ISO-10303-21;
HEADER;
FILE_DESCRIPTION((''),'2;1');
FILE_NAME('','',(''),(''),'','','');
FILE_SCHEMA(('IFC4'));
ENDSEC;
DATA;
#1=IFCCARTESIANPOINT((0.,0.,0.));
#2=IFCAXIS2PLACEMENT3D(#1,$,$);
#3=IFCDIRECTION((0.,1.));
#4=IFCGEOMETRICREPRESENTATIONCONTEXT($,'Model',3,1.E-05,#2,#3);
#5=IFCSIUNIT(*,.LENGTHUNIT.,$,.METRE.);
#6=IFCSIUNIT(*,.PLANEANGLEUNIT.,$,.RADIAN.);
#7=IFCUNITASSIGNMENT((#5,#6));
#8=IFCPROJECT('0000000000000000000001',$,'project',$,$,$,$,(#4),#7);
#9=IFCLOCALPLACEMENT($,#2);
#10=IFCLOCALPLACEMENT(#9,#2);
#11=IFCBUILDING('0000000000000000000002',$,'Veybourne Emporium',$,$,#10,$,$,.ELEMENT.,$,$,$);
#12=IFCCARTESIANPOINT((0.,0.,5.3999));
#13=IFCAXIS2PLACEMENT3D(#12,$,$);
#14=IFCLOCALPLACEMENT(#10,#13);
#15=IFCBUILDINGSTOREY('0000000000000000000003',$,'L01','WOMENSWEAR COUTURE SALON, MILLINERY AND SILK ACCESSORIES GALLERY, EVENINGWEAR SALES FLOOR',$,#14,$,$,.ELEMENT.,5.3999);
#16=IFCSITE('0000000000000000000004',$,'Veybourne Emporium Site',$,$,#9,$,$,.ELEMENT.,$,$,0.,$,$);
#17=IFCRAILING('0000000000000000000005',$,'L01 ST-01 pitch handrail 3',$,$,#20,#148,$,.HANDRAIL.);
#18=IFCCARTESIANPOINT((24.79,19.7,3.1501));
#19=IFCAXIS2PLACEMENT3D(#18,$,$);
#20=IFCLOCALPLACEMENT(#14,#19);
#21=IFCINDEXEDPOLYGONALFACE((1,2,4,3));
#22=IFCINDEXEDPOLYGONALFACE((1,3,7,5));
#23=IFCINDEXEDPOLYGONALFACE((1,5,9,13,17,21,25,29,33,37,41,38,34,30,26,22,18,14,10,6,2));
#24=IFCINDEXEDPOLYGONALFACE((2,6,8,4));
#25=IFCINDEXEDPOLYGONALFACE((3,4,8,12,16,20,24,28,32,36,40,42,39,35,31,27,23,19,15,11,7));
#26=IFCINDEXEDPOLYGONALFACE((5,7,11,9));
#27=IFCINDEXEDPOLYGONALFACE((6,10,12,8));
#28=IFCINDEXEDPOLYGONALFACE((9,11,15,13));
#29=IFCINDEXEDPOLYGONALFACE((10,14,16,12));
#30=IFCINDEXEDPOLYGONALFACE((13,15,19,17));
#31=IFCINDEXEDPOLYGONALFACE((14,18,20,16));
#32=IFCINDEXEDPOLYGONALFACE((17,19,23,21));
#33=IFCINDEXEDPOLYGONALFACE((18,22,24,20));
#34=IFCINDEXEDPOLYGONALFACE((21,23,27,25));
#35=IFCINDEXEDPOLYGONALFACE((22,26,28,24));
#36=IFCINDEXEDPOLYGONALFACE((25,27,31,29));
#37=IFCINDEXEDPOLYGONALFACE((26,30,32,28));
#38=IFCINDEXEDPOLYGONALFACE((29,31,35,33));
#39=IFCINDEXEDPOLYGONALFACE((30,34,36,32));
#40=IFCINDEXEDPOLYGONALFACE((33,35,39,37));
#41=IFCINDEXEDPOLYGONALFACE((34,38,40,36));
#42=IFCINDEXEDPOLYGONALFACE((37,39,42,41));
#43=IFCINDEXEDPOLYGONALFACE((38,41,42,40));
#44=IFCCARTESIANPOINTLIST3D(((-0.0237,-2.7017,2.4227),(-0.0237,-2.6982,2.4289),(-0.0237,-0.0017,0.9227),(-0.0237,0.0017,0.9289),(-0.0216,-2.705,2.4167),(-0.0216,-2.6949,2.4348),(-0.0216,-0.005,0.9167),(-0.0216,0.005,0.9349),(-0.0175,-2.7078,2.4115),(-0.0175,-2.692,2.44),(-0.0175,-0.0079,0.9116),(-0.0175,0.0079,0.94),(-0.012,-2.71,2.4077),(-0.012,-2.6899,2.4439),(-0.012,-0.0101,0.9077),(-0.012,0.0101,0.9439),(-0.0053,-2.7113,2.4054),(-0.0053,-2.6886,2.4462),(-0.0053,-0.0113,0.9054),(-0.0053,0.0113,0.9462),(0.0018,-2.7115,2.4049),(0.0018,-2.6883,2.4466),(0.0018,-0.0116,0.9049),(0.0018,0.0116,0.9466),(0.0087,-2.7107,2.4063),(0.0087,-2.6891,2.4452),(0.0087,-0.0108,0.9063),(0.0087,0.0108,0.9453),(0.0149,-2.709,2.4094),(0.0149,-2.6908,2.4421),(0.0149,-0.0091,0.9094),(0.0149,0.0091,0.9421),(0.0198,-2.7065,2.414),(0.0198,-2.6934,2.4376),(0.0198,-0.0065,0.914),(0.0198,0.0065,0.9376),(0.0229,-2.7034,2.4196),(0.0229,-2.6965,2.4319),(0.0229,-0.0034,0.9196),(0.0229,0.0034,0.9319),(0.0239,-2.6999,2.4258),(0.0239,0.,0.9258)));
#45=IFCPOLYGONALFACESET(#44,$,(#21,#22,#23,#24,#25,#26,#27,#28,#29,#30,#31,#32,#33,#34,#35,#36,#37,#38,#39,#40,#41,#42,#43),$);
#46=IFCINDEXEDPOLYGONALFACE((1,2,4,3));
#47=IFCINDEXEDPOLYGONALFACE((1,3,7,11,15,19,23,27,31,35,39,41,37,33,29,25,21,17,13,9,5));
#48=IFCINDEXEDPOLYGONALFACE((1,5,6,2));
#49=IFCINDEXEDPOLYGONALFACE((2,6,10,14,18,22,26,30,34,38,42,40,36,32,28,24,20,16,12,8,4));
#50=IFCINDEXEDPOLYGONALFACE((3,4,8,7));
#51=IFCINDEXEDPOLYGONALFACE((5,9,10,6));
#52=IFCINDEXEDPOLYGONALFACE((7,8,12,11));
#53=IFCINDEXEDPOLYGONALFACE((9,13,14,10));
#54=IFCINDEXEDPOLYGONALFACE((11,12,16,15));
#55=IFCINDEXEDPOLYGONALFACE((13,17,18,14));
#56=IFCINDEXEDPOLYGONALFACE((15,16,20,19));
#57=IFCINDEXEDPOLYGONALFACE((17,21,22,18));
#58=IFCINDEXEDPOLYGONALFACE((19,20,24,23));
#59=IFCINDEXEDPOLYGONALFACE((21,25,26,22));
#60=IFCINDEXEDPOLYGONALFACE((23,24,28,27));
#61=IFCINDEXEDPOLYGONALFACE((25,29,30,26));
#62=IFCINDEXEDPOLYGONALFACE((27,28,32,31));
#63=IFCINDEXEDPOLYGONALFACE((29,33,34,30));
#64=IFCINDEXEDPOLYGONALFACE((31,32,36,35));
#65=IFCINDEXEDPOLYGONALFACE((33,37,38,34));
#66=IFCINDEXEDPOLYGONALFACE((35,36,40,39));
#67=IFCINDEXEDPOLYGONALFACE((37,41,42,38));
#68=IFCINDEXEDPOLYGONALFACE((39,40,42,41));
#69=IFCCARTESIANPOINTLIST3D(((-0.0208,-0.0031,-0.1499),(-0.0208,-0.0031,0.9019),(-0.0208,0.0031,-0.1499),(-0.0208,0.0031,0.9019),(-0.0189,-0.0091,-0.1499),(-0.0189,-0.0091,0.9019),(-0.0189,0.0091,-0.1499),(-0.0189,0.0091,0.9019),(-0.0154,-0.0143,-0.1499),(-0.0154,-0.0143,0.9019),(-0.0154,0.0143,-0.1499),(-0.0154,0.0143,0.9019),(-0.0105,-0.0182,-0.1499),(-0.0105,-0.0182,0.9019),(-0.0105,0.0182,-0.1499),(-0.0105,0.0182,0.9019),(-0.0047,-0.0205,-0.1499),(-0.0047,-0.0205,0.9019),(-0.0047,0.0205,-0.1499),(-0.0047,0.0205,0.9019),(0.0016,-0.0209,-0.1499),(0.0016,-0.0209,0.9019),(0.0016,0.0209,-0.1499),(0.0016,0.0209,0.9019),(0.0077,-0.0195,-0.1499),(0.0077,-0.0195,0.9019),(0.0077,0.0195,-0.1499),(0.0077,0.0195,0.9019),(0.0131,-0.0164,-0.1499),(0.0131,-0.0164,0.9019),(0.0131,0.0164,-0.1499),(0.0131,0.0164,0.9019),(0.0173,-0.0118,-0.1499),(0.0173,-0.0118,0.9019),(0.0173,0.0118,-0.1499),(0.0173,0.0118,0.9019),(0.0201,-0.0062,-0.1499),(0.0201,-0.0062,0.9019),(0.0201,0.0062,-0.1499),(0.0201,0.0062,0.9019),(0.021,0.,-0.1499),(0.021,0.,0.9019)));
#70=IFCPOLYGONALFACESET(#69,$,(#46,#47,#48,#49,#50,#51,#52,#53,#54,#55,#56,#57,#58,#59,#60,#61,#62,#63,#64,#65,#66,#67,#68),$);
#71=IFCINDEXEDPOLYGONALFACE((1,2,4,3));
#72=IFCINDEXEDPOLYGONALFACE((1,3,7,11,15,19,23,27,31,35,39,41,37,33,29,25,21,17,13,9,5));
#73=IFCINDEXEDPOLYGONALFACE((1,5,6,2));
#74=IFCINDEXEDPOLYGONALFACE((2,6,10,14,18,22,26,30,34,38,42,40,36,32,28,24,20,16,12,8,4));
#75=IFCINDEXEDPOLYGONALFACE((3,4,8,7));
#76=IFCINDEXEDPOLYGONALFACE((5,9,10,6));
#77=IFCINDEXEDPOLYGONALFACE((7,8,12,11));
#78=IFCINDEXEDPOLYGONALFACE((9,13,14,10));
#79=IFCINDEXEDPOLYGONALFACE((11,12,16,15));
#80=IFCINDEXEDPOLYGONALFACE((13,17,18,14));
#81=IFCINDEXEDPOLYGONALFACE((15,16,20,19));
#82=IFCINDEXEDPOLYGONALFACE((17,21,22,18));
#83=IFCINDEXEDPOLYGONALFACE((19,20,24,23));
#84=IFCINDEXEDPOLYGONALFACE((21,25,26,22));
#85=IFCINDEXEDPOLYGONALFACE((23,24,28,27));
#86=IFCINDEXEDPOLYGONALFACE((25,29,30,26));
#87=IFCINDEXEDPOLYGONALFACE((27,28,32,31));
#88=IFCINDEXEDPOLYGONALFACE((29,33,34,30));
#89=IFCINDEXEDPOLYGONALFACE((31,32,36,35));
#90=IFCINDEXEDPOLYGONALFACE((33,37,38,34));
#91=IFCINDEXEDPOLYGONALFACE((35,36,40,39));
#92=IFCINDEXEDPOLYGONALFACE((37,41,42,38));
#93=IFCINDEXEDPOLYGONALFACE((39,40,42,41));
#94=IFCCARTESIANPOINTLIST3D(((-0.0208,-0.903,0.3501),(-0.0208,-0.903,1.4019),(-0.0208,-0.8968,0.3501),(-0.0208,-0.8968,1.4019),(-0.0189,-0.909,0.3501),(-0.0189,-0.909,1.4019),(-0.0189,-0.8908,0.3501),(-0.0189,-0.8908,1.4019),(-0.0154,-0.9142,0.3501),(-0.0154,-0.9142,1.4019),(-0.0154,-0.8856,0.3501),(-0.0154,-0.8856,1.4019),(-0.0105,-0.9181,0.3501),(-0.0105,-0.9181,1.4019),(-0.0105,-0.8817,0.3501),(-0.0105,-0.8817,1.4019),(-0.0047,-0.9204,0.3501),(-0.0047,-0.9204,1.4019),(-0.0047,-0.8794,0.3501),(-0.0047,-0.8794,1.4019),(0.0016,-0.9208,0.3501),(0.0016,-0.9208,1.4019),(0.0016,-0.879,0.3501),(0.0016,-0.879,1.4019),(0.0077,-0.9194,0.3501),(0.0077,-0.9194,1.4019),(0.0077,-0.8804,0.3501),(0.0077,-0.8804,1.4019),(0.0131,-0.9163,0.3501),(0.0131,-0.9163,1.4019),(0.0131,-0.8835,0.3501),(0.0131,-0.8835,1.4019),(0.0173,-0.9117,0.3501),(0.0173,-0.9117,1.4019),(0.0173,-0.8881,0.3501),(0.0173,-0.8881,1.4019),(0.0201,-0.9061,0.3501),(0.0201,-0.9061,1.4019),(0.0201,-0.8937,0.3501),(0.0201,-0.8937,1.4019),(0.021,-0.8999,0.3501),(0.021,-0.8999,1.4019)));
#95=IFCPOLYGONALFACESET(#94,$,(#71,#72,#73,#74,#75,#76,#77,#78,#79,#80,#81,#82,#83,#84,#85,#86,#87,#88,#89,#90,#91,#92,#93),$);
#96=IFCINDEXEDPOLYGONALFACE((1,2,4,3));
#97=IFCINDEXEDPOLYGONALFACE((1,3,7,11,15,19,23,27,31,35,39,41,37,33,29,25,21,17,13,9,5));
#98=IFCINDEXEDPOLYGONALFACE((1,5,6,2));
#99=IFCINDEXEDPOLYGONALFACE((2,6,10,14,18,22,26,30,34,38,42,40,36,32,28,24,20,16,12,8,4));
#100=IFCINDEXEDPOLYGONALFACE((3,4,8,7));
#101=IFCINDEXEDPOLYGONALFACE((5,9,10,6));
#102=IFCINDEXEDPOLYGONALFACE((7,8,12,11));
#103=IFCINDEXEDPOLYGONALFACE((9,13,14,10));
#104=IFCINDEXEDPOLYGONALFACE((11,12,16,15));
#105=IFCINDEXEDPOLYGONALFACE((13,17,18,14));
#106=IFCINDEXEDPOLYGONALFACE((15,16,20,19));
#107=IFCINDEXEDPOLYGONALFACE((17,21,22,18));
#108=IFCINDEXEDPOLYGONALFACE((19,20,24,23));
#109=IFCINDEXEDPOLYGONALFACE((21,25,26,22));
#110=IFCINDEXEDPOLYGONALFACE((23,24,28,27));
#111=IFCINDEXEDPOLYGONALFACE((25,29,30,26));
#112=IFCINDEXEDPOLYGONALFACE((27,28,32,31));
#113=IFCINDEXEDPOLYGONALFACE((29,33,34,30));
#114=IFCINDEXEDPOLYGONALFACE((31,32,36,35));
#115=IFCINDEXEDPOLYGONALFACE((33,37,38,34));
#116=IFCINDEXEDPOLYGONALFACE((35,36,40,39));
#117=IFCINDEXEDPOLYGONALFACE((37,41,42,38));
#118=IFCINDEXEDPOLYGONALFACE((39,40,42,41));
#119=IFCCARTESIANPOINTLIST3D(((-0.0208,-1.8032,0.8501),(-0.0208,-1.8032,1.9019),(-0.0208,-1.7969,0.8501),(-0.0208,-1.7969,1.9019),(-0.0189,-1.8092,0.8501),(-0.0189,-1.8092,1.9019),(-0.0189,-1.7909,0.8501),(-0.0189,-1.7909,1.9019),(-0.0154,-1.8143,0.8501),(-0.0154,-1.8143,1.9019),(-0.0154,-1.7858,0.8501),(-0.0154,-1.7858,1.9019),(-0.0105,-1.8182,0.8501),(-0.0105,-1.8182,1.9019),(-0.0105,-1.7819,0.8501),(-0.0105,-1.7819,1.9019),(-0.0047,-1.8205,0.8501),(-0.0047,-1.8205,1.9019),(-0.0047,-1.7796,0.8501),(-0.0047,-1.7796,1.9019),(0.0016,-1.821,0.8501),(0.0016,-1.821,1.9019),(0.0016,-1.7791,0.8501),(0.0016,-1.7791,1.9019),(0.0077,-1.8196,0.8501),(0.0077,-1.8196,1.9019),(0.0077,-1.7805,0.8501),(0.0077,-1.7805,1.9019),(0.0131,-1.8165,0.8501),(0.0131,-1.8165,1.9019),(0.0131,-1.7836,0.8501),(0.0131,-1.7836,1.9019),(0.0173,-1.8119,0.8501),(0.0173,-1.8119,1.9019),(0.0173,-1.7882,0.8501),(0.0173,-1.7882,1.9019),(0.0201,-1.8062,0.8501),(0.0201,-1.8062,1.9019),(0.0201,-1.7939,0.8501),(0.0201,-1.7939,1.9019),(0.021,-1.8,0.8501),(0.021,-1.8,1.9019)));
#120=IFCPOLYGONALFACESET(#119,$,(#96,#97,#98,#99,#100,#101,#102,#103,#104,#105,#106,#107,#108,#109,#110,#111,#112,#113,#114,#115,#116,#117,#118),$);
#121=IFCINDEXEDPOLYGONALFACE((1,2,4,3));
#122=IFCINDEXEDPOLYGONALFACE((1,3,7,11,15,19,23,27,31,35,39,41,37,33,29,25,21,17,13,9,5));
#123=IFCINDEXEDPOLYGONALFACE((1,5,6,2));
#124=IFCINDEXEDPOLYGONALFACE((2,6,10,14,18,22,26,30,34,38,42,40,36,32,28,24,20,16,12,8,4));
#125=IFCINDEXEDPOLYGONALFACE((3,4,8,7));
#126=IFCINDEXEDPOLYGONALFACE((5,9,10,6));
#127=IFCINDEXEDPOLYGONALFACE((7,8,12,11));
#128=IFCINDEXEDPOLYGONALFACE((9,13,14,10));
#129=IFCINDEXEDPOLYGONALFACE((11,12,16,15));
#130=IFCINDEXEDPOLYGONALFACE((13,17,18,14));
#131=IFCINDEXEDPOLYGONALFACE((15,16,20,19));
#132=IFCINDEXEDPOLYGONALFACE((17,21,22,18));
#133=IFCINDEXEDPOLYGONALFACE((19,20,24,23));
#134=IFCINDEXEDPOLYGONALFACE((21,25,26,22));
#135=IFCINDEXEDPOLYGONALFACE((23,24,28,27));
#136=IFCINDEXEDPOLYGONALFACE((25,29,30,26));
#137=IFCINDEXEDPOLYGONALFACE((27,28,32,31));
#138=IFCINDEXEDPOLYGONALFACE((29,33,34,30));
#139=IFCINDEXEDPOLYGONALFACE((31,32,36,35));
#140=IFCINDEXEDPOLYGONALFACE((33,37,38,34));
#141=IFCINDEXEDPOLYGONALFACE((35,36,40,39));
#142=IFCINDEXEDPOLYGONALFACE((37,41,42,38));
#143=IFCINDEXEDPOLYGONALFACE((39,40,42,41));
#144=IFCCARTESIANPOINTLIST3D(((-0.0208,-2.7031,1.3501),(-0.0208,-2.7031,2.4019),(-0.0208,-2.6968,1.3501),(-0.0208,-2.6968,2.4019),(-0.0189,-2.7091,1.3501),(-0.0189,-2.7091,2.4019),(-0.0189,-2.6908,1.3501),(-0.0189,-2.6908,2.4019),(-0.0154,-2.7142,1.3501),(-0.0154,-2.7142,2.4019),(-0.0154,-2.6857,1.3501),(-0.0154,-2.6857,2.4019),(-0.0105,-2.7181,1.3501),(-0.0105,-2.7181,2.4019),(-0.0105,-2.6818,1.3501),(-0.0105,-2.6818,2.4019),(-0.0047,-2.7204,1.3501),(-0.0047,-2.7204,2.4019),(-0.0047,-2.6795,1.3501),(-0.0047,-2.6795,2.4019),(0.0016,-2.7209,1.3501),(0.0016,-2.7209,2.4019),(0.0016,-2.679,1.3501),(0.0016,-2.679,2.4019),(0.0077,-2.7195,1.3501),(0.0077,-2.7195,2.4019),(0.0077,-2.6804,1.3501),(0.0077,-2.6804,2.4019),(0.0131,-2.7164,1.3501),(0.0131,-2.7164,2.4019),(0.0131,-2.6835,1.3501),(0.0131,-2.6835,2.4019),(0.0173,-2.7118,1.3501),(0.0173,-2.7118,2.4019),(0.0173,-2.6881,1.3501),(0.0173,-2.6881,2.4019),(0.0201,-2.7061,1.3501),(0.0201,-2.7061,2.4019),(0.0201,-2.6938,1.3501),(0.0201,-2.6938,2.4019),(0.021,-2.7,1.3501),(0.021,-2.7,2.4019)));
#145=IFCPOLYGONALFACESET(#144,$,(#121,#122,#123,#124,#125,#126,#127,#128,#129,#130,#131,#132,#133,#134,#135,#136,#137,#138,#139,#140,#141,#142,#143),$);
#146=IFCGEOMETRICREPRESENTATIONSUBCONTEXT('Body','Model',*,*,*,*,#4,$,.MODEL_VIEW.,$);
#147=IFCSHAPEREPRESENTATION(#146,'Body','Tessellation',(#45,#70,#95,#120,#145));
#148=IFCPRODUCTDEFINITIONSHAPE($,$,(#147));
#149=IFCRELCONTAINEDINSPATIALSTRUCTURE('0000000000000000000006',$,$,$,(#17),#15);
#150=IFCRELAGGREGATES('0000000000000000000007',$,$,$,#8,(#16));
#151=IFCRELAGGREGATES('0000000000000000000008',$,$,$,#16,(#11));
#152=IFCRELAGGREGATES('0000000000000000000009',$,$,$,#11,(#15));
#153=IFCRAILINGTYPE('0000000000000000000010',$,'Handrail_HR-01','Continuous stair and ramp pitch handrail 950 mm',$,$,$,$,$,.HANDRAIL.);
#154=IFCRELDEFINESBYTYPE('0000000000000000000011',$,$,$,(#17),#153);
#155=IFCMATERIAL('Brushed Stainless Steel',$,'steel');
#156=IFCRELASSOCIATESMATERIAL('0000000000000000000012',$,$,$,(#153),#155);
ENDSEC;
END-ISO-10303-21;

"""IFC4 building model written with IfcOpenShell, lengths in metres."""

from ifc_helpers import new_model, si_unit, direction, frame, origin, origin_2d, place, context, subcontext, project, spatial, circle, extrude, material, type_object, element, save


model = new_model("IFC4")

# Units and contexts
model_context = context("Model", 3, precision=1e-05, world=origin(), true_north=direction((0.0, 1.0)))
body_context = subcontext(model_context, "Body", "Model", "MODEL_VIEW")
ifc_project = project(units=[si_unit("LENGTHUNIT", "METRE"), si_unit("PLANEANGLEUNIT", "RADIAN")], contexts=[model_context])

# Site, building, storey
site_placement = place(None, origin())
site = spatial("IfcSite", under=ifc_project, at=site_placement, Name="Veybourne Emporium Site", CompositionType="ELEMENT", RefElevation=0.0)
building_placement = place(site_placement, origin())
building = spatial("IfcBuilding", under=site, at=building_placement, Name="Veybourne Emporium", CompositionType="ELEMENT")
storey_placement = place(building_placement, frame((0.0, 0.0, 5.3999)))
storey = spatial("IfcBuildingStorey", under=building, at=storey_placement, Name="L01", Description="WOMENSWEAR COUTURE SALON, MILLINERY AND SILK ACCESSORIES GALLERY, EVENINGWEAR SALES FLOOR", CompositionType="ELEMENT", Elevation=5.3999)

# Railing
ifc_material_1 = material(Name="Brushed Stainless Steel", Category="steel")
railing_type_1 = type_object("IfcRailingType", Name="Handrail_HR-01", Description="Continuous stair and ramp pitch handrail 950 mm", PredefinedType="HANDRAIL", material=ifc_material_1)
railing_1_placement = place(storey_placement, frame((24.79, 19.7, 3.1501)))
element("IfcRailing", 1, at=railing_1_placement, inside=storey, type_object=railing_type_1, Name="L01 ST-01 pitch handrail 3", PredefinedType="HANDRAIL", context=body_context, shape_type="SweptSolid", body=[
    extrude(circle(Radius=0.0239, at=origin_2d()), frame((0.0, 0.0, 0.9258), z_axis=(0.0, -0.874154, 0.48565), x_axis=(1.0, 0.0, 0.0)), (0.0, 0.0, 1.0), 3.0886),
    extrude(circle(Radius=0.021, at=origin_2d()), frame((0.0, 0.0, -0.1499)), (0.0, 0.0, 1.0), 1.0518),
    extrude(circle(Radius=0.021, at=origin_2d()), frame((0.0, -0.8999, 0.3501)), (0.0, 0.0, 1.0), 1.0518),
    extrude(circle(Radius=0.021, at=origin_2d()), frame((0.0, -1.8, 0.8501)), (0.0, 0.0, 1.0), 1.0518),
    extrude(circle(Radius=0.021, at=origin_2d()), frame((0.0, -2.7, 1.3501)), (0.0, 0.0, 1.0), 1.0518),
])

save(model, "model.ifc")
